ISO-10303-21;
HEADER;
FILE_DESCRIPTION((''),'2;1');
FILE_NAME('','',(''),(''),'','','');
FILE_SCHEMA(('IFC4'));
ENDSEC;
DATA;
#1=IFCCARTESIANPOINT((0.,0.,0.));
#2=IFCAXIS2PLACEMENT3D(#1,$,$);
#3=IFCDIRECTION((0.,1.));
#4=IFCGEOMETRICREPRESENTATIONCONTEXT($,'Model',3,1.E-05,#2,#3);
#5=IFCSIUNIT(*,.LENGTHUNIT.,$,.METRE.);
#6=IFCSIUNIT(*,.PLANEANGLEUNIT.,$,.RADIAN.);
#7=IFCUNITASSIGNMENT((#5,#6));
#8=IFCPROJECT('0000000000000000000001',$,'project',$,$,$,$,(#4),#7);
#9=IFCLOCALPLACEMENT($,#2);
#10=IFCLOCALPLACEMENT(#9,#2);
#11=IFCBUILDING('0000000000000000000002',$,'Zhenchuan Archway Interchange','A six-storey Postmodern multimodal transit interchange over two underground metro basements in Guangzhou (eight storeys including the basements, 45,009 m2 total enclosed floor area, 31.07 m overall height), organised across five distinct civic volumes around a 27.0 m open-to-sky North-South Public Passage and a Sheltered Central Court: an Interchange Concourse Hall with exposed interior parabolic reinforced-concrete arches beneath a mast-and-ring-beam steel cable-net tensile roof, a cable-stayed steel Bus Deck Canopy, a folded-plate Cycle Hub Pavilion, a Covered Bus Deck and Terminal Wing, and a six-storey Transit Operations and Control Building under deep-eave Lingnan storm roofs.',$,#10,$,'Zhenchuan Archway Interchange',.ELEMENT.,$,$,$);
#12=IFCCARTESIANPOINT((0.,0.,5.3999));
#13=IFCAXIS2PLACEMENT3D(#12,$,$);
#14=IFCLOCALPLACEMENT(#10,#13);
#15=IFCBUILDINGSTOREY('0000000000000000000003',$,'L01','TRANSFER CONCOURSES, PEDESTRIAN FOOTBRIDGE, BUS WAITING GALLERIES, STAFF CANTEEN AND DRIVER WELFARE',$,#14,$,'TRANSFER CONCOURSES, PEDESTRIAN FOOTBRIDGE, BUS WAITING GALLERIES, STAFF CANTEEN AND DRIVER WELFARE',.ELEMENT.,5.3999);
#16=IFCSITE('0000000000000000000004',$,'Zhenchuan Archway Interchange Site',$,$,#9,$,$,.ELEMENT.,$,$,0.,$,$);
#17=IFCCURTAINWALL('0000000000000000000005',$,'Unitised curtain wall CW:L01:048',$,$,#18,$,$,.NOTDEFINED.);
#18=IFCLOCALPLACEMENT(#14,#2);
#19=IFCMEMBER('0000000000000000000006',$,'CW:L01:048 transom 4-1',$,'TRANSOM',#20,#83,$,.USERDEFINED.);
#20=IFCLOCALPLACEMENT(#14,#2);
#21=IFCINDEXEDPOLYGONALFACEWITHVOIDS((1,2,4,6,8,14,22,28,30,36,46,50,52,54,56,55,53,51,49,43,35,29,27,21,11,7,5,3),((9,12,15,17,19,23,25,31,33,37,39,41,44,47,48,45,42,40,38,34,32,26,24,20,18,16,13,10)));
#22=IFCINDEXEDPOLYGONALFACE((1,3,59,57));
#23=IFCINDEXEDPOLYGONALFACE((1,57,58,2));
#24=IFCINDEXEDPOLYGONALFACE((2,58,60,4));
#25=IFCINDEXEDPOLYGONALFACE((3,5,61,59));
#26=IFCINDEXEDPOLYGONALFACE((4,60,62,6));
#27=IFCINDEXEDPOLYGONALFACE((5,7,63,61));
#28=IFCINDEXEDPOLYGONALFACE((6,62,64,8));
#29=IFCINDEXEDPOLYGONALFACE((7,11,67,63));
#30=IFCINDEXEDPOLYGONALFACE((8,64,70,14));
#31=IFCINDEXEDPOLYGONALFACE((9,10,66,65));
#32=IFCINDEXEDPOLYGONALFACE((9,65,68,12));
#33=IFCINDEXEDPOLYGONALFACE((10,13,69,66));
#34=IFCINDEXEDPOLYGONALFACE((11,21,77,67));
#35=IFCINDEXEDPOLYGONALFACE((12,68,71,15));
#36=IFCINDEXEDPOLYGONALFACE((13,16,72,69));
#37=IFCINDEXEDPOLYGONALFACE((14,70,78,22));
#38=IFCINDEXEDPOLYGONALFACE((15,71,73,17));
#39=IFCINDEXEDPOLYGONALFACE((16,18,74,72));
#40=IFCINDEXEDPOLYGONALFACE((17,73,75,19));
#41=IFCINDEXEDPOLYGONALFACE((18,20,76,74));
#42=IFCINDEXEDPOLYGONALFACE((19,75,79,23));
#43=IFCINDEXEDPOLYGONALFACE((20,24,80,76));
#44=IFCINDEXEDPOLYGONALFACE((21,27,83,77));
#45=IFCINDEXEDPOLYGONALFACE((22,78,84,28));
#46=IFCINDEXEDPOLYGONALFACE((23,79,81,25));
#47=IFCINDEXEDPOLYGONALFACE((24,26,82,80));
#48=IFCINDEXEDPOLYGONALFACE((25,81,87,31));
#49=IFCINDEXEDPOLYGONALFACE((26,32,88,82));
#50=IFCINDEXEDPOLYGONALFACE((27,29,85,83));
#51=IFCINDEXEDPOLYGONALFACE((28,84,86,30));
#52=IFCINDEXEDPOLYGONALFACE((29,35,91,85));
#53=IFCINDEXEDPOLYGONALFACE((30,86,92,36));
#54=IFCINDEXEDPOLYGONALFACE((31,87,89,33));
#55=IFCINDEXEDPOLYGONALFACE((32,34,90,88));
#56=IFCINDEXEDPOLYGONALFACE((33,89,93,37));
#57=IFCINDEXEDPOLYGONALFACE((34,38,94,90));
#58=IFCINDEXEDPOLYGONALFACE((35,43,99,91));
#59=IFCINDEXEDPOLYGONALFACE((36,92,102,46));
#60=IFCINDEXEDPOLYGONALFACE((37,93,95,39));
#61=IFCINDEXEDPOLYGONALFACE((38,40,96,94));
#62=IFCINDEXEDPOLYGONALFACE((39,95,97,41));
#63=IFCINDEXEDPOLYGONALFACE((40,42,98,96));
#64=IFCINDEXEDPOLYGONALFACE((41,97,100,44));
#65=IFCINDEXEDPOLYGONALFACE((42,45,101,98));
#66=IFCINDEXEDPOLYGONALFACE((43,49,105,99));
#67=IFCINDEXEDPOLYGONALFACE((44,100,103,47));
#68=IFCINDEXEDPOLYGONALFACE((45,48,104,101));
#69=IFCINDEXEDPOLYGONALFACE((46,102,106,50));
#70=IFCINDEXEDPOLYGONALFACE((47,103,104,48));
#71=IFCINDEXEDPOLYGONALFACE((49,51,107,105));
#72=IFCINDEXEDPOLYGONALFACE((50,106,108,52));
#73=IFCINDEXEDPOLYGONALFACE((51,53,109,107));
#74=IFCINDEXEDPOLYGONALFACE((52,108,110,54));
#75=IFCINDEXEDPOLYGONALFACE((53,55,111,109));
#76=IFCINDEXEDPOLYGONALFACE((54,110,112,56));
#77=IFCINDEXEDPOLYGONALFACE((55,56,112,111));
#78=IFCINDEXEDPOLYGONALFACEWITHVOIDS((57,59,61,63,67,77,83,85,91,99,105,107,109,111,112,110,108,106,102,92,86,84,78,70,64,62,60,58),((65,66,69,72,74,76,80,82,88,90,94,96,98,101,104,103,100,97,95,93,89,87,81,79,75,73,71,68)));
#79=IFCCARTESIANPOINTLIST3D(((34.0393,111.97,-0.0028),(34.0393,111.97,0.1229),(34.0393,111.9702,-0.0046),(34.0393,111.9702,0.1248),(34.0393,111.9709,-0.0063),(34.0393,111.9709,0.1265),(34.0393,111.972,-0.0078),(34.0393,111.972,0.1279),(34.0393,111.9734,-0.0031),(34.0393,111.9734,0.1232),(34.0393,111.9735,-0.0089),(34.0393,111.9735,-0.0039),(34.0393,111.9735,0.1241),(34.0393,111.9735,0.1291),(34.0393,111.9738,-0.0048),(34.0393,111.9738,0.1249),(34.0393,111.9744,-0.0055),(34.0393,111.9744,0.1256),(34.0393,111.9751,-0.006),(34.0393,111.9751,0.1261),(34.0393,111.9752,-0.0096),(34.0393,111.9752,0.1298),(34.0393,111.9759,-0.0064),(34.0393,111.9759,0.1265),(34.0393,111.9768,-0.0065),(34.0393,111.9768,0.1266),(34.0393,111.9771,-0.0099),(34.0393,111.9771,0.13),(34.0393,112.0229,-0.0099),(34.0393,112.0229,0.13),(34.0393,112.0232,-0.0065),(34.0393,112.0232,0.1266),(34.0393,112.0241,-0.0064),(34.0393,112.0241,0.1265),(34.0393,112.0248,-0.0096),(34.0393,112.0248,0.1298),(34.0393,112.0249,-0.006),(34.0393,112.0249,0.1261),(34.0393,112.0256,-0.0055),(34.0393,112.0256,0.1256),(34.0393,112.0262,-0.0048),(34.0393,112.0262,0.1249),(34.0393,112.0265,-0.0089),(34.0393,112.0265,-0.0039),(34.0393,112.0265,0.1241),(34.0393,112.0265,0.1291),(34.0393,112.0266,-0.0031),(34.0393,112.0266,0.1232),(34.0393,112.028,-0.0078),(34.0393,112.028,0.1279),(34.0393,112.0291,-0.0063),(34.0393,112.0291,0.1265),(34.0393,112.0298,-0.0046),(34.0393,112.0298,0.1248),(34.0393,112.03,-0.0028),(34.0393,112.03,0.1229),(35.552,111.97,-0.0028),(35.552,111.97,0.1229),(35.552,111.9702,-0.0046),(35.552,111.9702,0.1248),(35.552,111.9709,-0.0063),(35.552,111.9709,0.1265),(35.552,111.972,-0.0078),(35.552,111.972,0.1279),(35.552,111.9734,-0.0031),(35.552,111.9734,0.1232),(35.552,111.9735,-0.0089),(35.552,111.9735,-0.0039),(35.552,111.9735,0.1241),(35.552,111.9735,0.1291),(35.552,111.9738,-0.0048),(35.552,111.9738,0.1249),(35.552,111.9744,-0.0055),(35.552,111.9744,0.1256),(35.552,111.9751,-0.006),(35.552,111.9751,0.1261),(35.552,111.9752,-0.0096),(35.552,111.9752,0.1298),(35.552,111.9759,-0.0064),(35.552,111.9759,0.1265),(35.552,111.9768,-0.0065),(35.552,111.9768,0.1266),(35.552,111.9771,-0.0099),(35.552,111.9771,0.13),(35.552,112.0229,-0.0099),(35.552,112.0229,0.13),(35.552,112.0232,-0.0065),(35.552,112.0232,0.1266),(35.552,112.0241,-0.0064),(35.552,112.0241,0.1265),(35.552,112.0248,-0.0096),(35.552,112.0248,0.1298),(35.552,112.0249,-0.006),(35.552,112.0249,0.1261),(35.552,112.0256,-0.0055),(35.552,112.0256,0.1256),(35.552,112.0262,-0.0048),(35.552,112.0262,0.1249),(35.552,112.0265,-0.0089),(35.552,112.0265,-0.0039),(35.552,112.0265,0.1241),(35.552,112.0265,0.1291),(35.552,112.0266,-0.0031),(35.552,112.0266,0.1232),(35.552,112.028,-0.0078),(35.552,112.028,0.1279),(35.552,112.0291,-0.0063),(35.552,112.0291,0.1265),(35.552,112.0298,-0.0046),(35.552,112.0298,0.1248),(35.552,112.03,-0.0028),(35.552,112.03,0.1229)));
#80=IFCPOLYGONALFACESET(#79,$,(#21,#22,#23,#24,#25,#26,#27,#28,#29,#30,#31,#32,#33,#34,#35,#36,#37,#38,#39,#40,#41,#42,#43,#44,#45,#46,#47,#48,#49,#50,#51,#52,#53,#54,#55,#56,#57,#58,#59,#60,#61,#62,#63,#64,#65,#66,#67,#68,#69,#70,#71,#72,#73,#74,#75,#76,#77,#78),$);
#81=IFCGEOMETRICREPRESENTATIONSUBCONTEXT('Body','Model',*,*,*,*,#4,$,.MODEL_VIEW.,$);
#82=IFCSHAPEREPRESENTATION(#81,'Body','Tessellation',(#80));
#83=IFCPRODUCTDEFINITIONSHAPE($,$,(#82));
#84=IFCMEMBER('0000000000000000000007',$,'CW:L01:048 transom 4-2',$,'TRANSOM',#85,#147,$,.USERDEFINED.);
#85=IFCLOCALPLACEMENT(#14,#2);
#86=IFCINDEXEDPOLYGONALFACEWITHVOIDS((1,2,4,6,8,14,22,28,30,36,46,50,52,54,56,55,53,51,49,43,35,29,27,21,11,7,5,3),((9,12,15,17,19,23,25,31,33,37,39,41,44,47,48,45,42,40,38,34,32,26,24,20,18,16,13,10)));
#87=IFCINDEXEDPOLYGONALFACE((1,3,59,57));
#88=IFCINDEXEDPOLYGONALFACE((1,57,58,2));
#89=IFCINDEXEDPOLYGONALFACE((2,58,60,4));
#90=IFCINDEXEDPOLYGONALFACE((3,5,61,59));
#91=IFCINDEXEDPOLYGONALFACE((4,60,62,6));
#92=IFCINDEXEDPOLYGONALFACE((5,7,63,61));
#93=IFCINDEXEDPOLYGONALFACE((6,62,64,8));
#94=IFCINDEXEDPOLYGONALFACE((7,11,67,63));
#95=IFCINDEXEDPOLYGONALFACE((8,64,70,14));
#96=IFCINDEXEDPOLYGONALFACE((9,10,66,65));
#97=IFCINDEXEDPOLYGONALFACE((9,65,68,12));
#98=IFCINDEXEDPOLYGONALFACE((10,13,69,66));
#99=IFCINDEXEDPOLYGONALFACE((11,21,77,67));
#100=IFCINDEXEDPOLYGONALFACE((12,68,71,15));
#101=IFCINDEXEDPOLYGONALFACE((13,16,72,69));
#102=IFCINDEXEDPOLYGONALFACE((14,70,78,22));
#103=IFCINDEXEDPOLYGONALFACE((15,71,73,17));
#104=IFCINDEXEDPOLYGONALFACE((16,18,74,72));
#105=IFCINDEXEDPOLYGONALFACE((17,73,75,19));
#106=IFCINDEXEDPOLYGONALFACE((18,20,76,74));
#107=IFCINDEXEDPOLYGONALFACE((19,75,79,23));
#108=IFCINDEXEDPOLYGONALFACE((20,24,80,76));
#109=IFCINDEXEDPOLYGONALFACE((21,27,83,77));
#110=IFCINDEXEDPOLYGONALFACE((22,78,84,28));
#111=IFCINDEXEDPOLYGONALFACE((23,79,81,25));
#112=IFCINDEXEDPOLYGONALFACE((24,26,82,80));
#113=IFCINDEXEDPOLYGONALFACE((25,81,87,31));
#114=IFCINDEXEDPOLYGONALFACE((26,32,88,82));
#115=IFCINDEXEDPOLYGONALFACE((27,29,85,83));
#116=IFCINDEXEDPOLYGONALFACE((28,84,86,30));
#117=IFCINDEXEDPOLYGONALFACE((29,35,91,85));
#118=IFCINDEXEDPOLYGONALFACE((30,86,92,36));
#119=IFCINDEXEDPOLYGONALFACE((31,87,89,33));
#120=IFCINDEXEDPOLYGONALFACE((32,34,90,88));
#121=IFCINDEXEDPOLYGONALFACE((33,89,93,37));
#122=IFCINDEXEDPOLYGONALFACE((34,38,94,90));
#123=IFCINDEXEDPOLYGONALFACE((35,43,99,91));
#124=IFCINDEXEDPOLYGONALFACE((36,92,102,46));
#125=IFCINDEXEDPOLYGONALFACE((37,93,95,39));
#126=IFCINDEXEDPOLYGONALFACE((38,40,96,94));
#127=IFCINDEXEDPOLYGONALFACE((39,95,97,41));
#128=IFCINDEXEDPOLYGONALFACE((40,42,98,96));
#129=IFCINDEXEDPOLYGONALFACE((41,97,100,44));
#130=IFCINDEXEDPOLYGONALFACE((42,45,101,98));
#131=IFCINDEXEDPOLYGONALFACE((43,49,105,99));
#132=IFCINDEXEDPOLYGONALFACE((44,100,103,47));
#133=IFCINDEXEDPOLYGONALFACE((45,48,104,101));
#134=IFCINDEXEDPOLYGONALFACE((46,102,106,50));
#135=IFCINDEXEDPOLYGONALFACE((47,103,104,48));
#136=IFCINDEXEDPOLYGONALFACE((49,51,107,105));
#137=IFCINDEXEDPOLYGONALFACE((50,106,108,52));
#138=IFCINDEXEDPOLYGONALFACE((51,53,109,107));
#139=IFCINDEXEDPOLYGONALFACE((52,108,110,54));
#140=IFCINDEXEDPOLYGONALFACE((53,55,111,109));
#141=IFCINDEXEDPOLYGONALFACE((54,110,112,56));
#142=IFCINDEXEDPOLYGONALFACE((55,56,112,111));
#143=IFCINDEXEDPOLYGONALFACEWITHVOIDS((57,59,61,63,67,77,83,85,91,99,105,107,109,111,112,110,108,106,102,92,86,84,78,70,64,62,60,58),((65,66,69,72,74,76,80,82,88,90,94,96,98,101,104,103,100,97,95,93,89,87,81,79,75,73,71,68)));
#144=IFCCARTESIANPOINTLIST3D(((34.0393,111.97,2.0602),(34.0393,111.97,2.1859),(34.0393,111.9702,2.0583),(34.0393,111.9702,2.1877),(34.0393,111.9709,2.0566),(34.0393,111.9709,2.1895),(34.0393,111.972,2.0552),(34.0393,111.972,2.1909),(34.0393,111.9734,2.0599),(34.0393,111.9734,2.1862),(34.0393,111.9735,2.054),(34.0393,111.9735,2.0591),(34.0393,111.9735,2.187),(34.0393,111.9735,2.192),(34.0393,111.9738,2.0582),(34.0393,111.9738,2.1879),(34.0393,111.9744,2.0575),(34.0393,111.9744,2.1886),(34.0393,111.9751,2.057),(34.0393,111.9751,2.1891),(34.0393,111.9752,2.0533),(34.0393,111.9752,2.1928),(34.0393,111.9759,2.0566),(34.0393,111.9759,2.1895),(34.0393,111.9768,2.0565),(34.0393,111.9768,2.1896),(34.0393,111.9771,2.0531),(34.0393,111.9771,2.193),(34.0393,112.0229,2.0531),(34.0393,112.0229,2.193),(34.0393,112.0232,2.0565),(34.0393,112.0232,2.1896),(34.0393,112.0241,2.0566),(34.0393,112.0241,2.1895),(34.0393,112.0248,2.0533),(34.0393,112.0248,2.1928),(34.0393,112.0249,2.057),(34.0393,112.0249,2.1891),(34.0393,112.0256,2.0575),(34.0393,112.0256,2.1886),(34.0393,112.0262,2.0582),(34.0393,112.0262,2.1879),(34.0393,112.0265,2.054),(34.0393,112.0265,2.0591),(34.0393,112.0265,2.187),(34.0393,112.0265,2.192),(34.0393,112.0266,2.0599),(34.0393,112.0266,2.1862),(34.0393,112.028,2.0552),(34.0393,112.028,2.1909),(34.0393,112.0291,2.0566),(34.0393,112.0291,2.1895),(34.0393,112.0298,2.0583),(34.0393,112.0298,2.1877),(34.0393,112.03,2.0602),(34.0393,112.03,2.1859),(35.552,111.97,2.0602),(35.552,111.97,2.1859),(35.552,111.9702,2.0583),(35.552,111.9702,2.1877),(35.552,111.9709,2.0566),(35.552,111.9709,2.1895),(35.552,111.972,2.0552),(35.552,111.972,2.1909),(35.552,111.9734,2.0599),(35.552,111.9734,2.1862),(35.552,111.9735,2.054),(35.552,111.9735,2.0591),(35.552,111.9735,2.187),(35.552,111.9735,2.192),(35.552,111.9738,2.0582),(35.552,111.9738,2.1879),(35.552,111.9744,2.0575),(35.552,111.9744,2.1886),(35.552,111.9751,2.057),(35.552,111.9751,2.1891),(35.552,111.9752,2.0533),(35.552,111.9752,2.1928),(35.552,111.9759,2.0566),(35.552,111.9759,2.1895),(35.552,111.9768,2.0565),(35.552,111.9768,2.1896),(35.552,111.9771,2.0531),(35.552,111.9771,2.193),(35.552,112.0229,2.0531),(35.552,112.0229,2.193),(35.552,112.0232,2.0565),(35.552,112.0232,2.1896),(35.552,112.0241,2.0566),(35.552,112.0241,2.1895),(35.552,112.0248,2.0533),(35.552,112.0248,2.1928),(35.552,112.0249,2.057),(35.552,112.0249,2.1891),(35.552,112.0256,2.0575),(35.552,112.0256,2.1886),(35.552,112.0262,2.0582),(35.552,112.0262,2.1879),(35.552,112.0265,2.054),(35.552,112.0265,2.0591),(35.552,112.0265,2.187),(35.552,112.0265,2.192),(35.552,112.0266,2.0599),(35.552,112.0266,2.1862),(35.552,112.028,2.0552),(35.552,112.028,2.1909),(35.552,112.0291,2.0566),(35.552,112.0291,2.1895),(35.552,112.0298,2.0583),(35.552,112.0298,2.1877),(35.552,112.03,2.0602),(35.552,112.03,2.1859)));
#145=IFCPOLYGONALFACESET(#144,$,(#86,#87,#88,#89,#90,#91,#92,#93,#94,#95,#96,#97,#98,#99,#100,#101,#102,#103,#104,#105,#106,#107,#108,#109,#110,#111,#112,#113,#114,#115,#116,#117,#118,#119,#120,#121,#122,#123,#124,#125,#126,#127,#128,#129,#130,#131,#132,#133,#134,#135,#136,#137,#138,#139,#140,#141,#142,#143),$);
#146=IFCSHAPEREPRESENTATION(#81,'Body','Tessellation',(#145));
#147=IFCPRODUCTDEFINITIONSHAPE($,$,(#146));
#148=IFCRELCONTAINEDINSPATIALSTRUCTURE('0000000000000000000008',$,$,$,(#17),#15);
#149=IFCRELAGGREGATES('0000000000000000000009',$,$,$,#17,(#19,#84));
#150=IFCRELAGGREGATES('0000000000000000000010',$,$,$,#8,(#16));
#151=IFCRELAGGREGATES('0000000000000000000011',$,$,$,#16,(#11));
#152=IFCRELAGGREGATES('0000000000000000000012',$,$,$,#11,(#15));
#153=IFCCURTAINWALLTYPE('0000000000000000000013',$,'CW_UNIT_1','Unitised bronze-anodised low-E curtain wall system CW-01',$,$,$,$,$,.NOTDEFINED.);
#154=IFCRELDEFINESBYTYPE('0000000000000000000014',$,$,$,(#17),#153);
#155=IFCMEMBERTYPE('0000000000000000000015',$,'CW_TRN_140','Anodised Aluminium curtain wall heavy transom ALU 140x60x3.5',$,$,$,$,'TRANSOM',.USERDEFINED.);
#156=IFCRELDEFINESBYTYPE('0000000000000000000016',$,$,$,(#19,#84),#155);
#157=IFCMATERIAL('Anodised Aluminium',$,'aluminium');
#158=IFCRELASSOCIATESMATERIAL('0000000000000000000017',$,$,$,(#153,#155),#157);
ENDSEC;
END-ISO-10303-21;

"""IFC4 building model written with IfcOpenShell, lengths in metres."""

from ifc_helpers import new_model, si_unit, direction, frame, origin, origin_2d, place, context, subcontext, project, spatial, hollow_rectangle, extrude, material, material_profile, profile_set, type_object, element, aggregate, save


model = new_model("IFC4")

# Units and contexts
model_context = context("Model", 3, precision=1e-05, world=origin(), true_north=direction((0.0, 1.0)))
body_context = subcontext(model_context, "Body", "Model", "MODEL_VIEW")
ifc_project = project(units=[si_unit("LENGTHUNIT", "METRE"), si_unit("PLANEANGLEUNIT", "RADIAN")], contexts=[model_context])

# Site, building, storey
site_placement = place(None, origin())
site = spatial("IfcSite", under=ifc_project, at=site_placement, Name="Zhenchuan Archway Interchange Site", CompositionType="ELEMENT", RefElevation=0.0)
building_placement = place(site_placement, origin())
building = spatial("IfcBuilding", under=site, at=building_placement, Name="Zhenchuan Archway Interchange", Description="A six-storey Postmodern multimodal transit interchange over two underground metro basements in Guangzhou (eight storeys including the basements, 45,009 m2 total enclosed floor area, 31.07 m overall height), organised across five distinct civic volumes around a 27.0 m open-to-sky North-South Public Passage and a Sheltered Central Court: an Interchange Concourse Hall with exposed interior parabolic reinforced-concrete arches beneath a mast-and-ring-beam steel cable-net tensile roof, a cable-stayed steel Bus Deck Canopy, a folded-plate Cycle Hub Pavilion, a Covered Bus Deck and Terminal Wing, and a six-storey Transit Operations and Control Building under deep-eave Lingnan storm roofs.", LongName="Zhenchuan Archway Interchange", CompositionType="ELEMENT")
storey_placement = place(building_placement, frame((0.0, 0.0, 5.3999)))
storey = spatial("IfcBuildingStorey", under=building, at=storey_placement, Name="L01", Description="TRANSFER CONCOURSES, PEDESTRIAN FOOTBRIDGE, BUS WAITING GALLERIES, STAFF CANTEEN AND DRIVER WELFARE", LongName="TRANSFER CONCOURSES, PEDESTRIAN FOOTBRIDGE, BUS WAITING GALLERIES, STAFF CANTEEN AND DRIVER WELFARE", CompositionType="ELEMENT", Elevation=5.3999)

# Curtain wall
ifc_material_1 = material(Name="Anodised Aluminium", Category="aluminium")
curtain_wall_type_1 = type_object("IfcCurtainWallType", Name="CW_UNIT_1", Description="Unitised bronze-anodised low-E curtain wall system CW-01", PredefinedType="NOTDEFINED", material=ifc_material_1)
curtain_wall_1_placement = place(storey_placement, origin())
curtain_wall_1 = element("IfcCurtainWall", 1, at=curtain_wall_1_placement, inside=storey, type_object=curtain_wall_type_1, Name="Unitised curtain wall CW:L01:048", PredefinedType="NOTDEFINED")

# Members
ifc_material_profile_1 = material_profile(ifc_material_1, hollow_rectangle(XDim=0.0601, YDim=0.1399, WallThickness=0.0034, InnerFilletRadius=0.0034, OuterFilletRadius=0.0071, at=origin_2d()), Name="ALU 140x60x3.5")
ifc_profile_set_1 = profile_set([ifc_material_profile_1], Name="Anodised Aluminium")
member_type_1 = type_object("IfcMemberType", Name="CW_TRN_140", Description="Anodised Aluminium curtain wall heavy transom ALU 140x60x3.5", ElementType="TRANSOM", PredefinedType="USERDEFINED", material=ifc_profile_set_1)
member_1_placement = place(storey_placement, frame((34.0393, 112.0, 0.0601), z_axis=(1.0, 0.0, 0.0), x_axis=(0.0, 1.0, 0.0)))
member_1 = element("IfcMember", 2, at=member_1_placement, type_object=member_type_1, Name="CW:L01:048 transom 4-1", ObjectType="TRANSOM", PredefinedType="USERDEFINED", context=body_context, shape_type="SweptSolid", body=[
    extrude(hollow_rectangle(XDim=0.0601, YDim=0.1399, WallThickness=0.0034, InnerFilletRadius=0.0034, OuterFilletRadius=0.0071, at=origin_2d()), origin(), (0.0, 0.0, 1.0), 1.5127),
])
member_2_placement = place(storey_placement, frame((34.0393, 112.0, 2.123), z_axis=(1.0, 0.0, 0.0), x_axis=(0.0, 1.0, 0.0)))
member_2 = element("IfcMember", 3, at=member_2_placement, type_object=member_type_1, Name="CW:L01:048 transom 4-2", ObjectType="TRANSOM", PredefinedType="USERDEFINED", context=body_context, shape_type="SweptSolid", body=[
    extrude(hollow_rectangle(XDim=0.0601, YDim=0.1399, WallThickness=0.0034, InnerFilletRadius=0.0034, OuterFilletRadius=0.0071, at=origin_2d()), origin(), (0.0, 0.0, 1.0), 1.5127),
])

aggregate(curtain_wall_1, [member_1, member_2])

save(model, "model.ifc")
